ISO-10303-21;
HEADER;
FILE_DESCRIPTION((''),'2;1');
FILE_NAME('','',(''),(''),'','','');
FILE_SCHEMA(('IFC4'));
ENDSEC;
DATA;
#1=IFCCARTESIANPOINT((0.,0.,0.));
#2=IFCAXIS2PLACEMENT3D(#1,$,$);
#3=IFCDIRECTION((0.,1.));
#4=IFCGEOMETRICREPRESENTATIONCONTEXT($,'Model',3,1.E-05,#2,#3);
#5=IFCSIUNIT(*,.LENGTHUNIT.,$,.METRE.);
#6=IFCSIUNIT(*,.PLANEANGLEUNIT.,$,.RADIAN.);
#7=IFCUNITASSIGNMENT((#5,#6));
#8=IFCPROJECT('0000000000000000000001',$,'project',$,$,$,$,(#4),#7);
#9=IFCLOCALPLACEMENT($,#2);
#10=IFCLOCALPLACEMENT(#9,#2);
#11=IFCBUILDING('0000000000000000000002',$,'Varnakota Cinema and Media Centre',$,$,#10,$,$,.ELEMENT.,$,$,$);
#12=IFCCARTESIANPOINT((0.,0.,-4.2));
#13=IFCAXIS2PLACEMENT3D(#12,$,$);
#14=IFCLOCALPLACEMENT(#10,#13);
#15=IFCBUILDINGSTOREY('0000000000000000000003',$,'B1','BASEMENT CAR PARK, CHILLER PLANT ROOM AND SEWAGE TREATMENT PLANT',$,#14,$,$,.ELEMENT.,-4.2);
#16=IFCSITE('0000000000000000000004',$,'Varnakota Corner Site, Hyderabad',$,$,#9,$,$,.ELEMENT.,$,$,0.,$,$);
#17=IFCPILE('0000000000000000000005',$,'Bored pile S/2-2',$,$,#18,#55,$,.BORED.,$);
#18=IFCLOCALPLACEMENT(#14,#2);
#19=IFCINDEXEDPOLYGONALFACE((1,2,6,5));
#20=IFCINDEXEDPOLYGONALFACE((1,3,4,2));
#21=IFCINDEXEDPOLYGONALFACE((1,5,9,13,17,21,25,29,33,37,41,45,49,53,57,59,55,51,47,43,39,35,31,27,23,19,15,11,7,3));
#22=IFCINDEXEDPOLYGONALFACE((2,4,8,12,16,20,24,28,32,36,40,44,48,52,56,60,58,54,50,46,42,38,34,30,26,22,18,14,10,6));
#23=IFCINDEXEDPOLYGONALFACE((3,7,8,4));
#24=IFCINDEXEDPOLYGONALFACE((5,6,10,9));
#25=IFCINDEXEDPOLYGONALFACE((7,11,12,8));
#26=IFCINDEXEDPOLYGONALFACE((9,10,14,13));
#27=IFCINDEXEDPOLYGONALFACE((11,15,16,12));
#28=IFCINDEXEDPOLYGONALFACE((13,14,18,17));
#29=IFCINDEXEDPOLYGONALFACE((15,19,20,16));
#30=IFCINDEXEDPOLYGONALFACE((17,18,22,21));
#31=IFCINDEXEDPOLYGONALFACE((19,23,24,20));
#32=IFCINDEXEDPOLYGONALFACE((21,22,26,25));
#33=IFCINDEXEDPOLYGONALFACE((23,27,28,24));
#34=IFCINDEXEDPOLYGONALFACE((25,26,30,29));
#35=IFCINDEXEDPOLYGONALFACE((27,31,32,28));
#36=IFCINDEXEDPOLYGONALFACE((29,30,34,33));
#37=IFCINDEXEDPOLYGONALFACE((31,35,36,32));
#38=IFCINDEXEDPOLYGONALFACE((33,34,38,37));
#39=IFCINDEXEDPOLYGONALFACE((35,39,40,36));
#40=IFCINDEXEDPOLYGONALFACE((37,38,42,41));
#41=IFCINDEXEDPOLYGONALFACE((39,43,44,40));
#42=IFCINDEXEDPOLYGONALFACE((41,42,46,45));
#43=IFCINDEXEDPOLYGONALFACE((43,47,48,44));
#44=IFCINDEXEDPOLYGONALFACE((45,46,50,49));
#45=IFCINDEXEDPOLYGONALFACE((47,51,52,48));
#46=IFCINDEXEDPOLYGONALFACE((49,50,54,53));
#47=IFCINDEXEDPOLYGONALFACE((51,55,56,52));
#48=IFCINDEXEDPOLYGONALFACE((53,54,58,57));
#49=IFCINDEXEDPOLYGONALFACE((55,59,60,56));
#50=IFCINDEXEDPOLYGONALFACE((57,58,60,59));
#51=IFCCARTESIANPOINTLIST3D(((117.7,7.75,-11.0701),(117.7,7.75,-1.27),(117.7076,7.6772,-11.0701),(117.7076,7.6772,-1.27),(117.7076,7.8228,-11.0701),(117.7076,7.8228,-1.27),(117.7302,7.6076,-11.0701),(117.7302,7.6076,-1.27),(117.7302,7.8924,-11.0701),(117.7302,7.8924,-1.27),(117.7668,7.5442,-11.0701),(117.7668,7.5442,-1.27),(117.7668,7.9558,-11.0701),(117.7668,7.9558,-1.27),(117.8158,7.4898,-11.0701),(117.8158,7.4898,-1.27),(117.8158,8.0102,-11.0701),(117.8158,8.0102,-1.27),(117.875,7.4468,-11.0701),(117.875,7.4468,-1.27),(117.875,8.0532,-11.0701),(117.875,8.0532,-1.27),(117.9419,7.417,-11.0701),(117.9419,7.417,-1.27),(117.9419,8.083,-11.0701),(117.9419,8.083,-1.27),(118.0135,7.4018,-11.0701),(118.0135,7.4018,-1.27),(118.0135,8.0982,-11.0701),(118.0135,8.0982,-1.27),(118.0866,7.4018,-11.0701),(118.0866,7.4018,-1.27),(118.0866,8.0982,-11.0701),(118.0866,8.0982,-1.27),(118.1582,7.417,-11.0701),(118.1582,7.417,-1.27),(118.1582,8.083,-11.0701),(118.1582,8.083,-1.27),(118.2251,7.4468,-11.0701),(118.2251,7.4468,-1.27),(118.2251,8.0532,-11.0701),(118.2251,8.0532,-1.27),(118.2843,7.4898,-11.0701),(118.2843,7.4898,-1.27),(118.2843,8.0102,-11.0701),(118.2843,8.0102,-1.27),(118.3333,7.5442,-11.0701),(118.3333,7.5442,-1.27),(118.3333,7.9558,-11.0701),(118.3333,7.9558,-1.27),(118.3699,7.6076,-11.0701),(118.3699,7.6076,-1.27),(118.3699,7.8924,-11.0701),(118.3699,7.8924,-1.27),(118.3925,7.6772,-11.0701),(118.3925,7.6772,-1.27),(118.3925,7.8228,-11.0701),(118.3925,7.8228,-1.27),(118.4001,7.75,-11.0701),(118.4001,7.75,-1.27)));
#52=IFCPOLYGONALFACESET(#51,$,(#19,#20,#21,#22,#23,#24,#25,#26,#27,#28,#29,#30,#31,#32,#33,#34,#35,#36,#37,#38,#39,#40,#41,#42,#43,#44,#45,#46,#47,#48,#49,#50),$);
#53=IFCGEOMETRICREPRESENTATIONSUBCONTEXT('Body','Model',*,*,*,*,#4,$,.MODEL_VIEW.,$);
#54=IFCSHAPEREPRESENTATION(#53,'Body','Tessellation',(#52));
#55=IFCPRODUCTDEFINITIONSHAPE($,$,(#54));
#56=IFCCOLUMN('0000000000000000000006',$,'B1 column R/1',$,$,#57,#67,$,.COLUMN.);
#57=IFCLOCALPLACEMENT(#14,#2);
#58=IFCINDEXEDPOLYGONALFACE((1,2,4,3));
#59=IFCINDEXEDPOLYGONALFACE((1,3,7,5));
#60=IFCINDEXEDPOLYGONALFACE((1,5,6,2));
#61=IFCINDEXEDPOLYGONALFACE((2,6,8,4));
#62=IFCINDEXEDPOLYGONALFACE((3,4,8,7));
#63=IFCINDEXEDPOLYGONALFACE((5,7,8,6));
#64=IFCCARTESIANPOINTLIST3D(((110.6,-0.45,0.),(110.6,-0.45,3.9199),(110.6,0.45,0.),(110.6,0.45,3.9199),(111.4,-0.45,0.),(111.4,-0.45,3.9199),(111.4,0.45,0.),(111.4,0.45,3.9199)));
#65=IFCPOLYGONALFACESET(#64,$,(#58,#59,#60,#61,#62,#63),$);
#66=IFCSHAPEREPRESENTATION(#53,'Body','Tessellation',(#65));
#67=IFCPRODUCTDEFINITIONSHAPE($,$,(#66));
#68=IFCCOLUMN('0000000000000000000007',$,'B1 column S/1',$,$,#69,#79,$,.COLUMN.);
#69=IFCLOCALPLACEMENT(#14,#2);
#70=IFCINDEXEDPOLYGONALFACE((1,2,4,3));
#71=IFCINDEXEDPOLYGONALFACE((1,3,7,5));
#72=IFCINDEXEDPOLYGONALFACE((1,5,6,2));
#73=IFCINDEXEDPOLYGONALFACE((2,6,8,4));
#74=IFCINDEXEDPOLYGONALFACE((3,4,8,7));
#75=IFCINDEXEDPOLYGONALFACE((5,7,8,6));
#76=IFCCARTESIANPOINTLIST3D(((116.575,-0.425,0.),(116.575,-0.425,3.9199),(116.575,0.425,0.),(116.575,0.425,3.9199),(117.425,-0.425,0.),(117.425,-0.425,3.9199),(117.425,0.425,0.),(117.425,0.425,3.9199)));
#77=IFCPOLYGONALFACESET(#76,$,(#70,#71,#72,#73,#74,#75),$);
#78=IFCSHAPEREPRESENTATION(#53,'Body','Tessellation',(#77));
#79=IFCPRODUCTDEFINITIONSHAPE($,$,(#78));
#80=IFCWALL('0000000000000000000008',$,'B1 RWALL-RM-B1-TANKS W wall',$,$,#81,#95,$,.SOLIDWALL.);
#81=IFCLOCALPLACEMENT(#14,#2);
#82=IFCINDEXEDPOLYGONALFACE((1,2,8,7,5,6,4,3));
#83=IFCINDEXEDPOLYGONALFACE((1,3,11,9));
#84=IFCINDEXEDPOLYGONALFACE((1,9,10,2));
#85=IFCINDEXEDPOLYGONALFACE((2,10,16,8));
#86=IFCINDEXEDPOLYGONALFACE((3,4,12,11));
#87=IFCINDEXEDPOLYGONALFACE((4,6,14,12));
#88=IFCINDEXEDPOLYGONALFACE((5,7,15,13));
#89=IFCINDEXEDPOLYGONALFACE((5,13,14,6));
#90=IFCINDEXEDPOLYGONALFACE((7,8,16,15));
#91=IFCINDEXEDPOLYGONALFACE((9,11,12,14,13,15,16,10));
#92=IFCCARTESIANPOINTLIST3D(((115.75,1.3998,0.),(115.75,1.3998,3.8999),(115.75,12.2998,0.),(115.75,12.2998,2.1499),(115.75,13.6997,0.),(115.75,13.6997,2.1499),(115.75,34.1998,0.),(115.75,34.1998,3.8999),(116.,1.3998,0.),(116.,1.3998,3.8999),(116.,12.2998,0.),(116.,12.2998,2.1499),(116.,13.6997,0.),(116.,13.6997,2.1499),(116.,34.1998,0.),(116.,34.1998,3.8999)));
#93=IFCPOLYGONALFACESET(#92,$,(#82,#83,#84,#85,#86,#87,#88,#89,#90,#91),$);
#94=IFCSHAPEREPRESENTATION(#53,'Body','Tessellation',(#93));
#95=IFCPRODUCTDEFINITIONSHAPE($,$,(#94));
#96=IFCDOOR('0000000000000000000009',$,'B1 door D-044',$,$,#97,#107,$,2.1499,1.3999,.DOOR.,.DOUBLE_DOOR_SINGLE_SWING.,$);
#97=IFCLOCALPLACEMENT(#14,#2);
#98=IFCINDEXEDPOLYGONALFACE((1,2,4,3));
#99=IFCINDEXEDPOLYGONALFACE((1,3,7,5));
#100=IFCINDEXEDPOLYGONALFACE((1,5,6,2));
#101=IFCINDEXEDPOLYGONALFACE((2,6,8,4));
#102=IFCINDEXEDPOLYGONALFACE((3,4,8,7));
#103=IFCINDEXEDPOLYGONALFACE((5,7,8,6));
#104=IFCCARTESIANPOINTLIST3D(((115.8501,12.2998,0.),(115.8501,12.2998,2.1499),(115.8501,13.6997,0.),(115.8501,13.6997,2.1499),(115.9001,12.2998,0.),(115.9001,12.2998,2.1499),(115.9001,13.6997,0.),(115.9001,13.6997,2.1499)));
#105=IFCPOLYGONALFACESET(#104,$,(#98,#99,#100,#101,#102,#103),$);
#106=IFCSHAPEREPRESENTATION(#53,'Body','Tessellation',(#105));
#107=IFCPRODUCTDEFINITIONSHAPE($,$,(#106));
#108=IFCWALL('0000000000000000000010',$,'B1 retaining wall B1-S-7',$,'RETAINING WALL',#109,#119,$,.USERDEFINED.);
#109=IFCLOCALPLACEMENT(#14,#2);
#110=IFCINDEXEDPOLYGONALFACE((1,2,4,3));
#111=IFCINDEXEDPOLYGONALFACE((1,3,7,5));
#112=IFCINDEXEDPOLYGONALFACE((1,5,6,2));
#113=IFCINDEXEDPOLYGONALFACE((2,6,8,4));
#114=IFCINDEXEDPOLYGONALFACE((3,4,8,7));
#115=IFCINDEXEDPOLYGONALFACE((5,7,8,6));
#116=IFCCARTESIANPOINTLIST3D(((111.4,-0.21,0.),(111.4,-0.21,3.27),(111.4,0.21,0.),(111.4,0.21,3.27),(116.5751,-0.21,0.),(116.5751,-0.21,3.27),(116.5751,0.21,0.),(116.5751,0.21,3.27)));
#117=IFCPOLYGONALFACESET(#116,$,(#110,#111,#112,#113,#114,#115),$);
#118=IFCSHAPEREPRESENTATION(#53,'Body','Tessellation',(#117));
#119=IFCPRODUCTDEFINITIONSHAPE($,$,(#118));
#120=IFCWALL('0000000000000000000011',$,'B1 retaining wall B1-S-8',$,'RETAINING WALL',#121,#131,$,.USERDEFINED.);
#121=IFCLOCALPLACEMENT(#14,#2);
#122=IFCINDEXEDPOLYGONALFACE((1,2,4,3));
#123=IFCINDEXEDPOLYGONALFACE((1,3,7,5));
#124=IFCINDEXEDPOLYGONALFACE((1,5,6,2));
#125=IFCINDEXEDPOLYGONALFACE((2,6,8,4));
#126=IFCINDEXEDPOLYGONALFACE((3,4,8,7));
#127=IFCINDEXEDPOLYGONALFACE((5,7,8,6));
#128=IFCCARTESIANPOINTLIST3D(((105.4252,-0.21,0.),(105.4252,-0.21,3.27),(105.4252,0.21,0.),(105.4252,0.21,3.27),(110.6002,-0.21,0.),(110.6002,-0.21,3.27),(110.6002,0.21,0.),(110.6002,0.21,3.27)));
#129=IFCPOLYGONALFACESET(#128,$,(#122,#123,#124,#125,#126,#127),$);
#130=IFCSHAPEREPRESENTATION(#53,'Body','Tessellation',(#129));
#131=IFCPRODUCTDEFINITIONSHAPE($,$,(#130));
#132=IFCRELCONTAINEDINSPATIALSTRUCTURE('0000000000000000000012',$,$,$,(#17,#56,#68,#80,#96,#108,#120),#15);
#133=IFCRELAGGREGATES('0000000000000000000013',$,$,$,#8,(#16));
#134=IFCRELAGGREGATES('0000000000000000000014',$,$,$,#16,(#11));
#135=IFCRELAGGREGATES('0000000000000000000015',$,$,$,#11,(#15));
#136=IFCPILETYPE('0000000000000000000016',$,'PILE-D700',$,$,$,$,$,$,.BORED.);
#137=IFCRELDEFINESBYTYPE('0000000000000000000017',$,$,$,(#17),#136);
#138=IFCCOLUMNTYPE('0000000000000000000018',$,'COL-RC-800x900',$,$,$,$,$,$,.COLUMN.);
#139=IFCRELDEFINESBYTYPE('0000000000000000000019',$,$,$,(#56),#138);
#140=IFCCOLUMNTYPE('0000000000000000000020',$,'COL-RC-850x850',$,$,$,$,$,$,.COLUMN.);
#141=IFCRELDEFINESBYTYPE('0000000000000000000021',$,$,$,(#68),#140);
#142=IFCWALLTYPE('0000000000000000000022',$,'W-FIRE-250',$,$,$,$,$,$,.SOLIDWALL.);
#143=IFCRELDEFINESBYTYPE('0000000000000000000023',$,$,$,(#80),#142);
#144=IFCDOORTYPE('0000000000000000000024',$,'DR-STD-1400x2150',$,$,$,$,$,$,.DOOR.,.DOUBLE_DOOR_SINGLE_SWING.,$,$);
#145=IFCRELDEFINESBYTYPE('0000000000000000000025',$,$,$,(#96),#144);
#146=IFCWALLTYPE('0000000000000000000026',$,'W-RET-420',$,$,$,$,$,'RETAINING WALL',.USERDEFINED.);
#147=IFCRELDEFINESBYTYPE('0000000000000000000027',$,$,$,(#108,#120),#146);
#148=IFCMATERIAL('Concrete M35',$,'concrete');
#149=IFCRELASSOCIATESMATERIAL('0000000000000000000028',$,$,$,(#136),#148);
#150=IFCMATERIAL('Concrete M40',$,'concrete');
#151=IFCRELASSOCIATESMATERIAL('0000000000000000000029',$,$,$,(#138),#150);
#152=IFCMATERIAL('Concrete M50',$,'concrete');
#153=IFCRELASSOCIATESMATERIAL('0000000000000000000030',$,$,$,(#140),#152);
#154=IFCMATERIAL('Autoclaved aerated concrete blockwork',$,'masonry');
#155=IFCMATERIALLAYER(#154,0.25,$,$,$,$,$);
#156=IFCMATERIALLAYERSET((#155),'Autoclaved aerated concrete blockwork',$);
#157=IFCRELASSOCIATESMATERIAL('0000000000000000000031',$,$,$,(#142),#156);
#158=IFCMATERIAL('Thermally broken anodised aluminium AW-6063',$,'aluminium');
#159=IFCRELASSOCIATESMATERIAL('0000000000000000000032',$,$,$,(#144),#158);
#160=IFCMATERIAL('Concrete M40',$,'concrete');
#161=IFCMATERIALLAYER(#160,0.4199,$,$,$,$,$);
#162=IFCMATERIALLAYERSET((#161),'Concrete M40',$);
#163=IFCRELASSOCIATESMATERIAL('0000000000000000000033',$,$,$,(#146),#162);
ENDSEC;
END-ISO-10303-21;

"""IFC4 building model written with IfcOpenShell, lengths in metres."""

from ifc_helpers import new_model, si_unit, direction, frame, frame_2d, origin, origin_2d, place, context, subcontext, project, spatial, rectangle, circle, extrude, material, layer, layer_set, material_profile, profile_set, type_object, element, fill, save


model = new_model("IFC4")

# Units and contexts
model_context = context("Model", 3, precision=1e-05, world=origin(), true_north=direction((0.0, 1.0)))
body_context = subcontext(model_context, "Body", "Model", "MODEL_VIEW")
ifc_project = project(units=[si_unit("LENGTHUNIT", "METRE"), si_unit("PLANEANGLEUNIT", "RADIAN")], contexts=[model_context])

# Site, building, storey
site_placement = place(None, origin())
site = spatial("IfcSite", under=ifc_project, at=site_placement, Name="Varnakota Corner Site, Hyderabad", CompositionType="ELEMENT", RefElevation=0.0)
building_placement = place(site_placement, origin())
building = spatial("IfcBuilding", under=site, at=building_placement, Name="Varnakota Cinema and Media Centre", CompositionType="ELEMENT")
storey_placement = place(building_placement, frame((0.0, 0.0, -4.2)))
storey = spatial("IfcBuildingStorey", under=building, at=storey_placement, Name="B1", Description="BASEMENT CAR PARK, CHILLER PLANT ROOM AND SEWAGE TREATMENT PLANT", CompositionType="ELEMENT", Elevation=-4.2)

# Pile
ifc_material_1 = material(Name="Concrete M35", Category="concrete")
ifc_material_profile_1 = material_profile(ifc_material_1, circle(Radius=0.3501, at=origin_2d()), Name="PILE D700")
ifc_profile_set_1 = profile_set([ifc_material_profile_1], Name="Concrete M35")
pile_type_1 = type_object("IfcPileType", Name="PILE-D700", PredefinedType="BORED", material=ifc_profile_set_1)
for number, where, z_axis, x_axis, name in (
    (1, (118.05, 7.75, -1.27), (0.0, 0.0, -1.0), (1.0, 0.0, 0.0), "Bored pile S/2-2"),
):
    element("IfcPile", number, at=place(storey_placement, frame(where, z_axis=z_axis, x_axis=x_axis)), inside=storey, type_object=pile_type_1, Name=name, PredefinedType="BORED", context=body_context, shape_type="SweptSolid", body=[
        extrude(circle(Radius=0.3501, at=origin_2d()), origin(), (0.0, 0.0, 1.0), 9.8),
    ])

# Columns
ifc_material_2 = material(Name="Concrete M40", Category="concrete")
ifc_material_profile_2 = material_profile(ifc_material_2, rectangle(XDim=0.8, YDim=0.8999, at=origin_2d()), Name="RC 800x900")
ifc_profile_set_2 = profile_set([ifc_material_profile_2], Name="Concrete M40")
column_type_1 = type_object("IfcColumnType", Name="COL-RC-800x900", PredefinedType="COLUMN", material=ifc_profile_set_2)
column_1_placement = place(storey_placement, frame((111.0, 0.0, 0.0), z_axis=(0.0, 0.0, 1.0), x_axis=(1.0, 0.0, 0.0)))
element("IfcColumn", 2, at=column_1_placement, inside=storey, type_object=column_type_1, Name="B1 column R/1", PredefinedType="COLUMN", context=body_context, shape_type="SweptSolid", body=[
    extrude(rectangle(XDim=0.8, YDim=0.8999, at=origin_2d()), origin(), (0.0, 0.0, 1.0), 3.9199),
])
ifc_material_3 = material(Name="Concrete M50", Category="concrete")
ifc_material_profile_3 = material_profile(ifc_material_3, rectangle(XDim=0.8501, YDim=0.8501, at=origin_2d()), Name="RC 850x850")
ifc_profile_set_3 = profile_set([ifc_material_profile_3], Name="Concrete M50")
column_type_2 = type_object("IfcColumnType", Name="COL-RC-850x850", PredefinedType="COLUMN", material=ifc_profile_set_3)
column_2_placement = place(storey_placement, frame((117.0, 0.0, 0.0), z_axis=(0.0, 0.0, 1.0), x_axis=(1.0, 0.0, 0.0)))
element("IfcColumn", 3, at=column_2_placement, inside=storey, type_object=column_type_2, Name="B1 column S/1", PredefinedType="COLUMN", context=body_context, shape_type="SweptSolid", body=[
    extrude(rectangle(XDim=0.8501, YDim=0.8501, at=origin_2d()), origin(), (0.0, 0.0, 1.0), 3.9199),
])

# Wall, opening, door
ifc_material_4 = material(Name="Autoclaved aerated concrete blockwork", Category="masonry")
ifc_layer_1 = layer(ifc_material_4, 0.25)
ifc_layer_set_1 = layer_set([ifc_layer_1], Name="Autoclaved aerated concrete blockwork")
wall_type_1 = type_object("IfcWallType", Name="W-FIRE-250", PredefinedType="SOLIDWALL", material=ifc_layer_set_1)
wall_placement = place(storey_placement, frame((115.875, 1.3999, 0.0), z_axis=(0.0, 0.0, 1.0), x_axis=(0.0, 1.0, 0.0)))
wall = element("IfcWall", 4, at=wall_placement, inside=storey, type_object=wall_type_1, Name="B1 RWALL-RM-B1-TANKS W wall", PredefinedType="SOLIDWALL", context=body_context, shape_type="SweptSolid", body=[
    extrude(rectangle(XDim=32.8, YDim=0.25, at=frame_2d((16.3999, 0.0))), origin(), (0.0, 0.0, 1.0), 3.8999),
])
opening_placement = place(wall_placement, frame((10.8999, 0.0, 0.0)))
opening = element("IfcOpeningElement", 5, at=opening_placement, cuts=wall, PredefinedType="OPENING", context=body_context, shape_type="SweptSolid", body=[
    extrude(rectangle(XDim=1.3999, YDim=2.1499, at=frame_2d((0.7, 1.075))), frame((0.0, 0.125, 0.0), z_axis=(0.0, -1.0, 0.0), x_axis=(1.0, 0.0, 0.0)), (0.0, 0.0, 1.0), 0.25),
])
ifc_material_5 = material(Name="Thermally broken anodised aluminium AW-6063", Category="aluminium")
door_type = type_object("IfcDoorType", Name="DR-STD-1400x2150", OperationType="DOUBLE_DOOR_SINGLE_SWING", PredefinedType="DOOR", material=ifc_material_5)
door_placement = place(opening_placement, origin())
door = element("IfcDoor", 6, at=door_placement, inside=storey, type_object=door_type, Name="B1 door D-044", OperationType="DOUBLE_DOOR_SINGLE_SWING", OverallHeight=2.1499, OverallWidth=1.3999, PredefinedType="DOOR", context=body_context, shape_type="SweptSolid", body=[
    extrude(rectangle(XDim=1.3999, YDim=2.1499, at=frame_2d((0.7, 1.075))), frame((0.0, 0.0249, 0.0), z_axis=(0.0, -1.0, 0.0), x_axis=(1.0, 0.0, 0.0)), (0.0, 0.0, 1.0), 0.05),
])
fill(opening, door)

# Walls
ifc_material_6 = material(Name="Concrete M40", Category="concrete")
ifc_layer_2 = layer(ifc_material_6, 0.4199)
ifc_layer_set_2 = layer_set([ifc_layer_2], Name="Concrete M40")
wall_type_2 = type_object("IfcWallType", Name="W-RET-420", ElementType="RETAINING WALL", PredefinedType="USERDEFINED", material=ifc_layer_set_2)
for number, where, z_axis, x_axis, name in (
    (7, (116.575, 0.0, 0.0), (0.0, 0.0, 1.0), (-1.0, 0.0, 0.0), "B1 retaining wall B1-S-7"),
    (8, (110.6001, 0.0, 0.0), (0.0, 0.0, 1.0), (-1.0, 0.0, 0.0), "B1 retaining wall B1-S-8"),
):
    element("IfcWall", number, at=place(storey_placement, frame(where, z_axis=z_axis, x_axis=x_axis)), inside=storey, type_object=wall_type_2, Name=name, ObjectType="RETAINING WALL", PredefinedType="USERDEFINED", context=body_context, shape_type="SweptSolid", body=[
        extrude(rectangle(XDim=5.175, YDim=0.4199, at=frame_2d((2.5874, 0.0))), origin(), (0.0, 0.0, 1.0), 3.27),
    ])

save(model, "model.ifc")
